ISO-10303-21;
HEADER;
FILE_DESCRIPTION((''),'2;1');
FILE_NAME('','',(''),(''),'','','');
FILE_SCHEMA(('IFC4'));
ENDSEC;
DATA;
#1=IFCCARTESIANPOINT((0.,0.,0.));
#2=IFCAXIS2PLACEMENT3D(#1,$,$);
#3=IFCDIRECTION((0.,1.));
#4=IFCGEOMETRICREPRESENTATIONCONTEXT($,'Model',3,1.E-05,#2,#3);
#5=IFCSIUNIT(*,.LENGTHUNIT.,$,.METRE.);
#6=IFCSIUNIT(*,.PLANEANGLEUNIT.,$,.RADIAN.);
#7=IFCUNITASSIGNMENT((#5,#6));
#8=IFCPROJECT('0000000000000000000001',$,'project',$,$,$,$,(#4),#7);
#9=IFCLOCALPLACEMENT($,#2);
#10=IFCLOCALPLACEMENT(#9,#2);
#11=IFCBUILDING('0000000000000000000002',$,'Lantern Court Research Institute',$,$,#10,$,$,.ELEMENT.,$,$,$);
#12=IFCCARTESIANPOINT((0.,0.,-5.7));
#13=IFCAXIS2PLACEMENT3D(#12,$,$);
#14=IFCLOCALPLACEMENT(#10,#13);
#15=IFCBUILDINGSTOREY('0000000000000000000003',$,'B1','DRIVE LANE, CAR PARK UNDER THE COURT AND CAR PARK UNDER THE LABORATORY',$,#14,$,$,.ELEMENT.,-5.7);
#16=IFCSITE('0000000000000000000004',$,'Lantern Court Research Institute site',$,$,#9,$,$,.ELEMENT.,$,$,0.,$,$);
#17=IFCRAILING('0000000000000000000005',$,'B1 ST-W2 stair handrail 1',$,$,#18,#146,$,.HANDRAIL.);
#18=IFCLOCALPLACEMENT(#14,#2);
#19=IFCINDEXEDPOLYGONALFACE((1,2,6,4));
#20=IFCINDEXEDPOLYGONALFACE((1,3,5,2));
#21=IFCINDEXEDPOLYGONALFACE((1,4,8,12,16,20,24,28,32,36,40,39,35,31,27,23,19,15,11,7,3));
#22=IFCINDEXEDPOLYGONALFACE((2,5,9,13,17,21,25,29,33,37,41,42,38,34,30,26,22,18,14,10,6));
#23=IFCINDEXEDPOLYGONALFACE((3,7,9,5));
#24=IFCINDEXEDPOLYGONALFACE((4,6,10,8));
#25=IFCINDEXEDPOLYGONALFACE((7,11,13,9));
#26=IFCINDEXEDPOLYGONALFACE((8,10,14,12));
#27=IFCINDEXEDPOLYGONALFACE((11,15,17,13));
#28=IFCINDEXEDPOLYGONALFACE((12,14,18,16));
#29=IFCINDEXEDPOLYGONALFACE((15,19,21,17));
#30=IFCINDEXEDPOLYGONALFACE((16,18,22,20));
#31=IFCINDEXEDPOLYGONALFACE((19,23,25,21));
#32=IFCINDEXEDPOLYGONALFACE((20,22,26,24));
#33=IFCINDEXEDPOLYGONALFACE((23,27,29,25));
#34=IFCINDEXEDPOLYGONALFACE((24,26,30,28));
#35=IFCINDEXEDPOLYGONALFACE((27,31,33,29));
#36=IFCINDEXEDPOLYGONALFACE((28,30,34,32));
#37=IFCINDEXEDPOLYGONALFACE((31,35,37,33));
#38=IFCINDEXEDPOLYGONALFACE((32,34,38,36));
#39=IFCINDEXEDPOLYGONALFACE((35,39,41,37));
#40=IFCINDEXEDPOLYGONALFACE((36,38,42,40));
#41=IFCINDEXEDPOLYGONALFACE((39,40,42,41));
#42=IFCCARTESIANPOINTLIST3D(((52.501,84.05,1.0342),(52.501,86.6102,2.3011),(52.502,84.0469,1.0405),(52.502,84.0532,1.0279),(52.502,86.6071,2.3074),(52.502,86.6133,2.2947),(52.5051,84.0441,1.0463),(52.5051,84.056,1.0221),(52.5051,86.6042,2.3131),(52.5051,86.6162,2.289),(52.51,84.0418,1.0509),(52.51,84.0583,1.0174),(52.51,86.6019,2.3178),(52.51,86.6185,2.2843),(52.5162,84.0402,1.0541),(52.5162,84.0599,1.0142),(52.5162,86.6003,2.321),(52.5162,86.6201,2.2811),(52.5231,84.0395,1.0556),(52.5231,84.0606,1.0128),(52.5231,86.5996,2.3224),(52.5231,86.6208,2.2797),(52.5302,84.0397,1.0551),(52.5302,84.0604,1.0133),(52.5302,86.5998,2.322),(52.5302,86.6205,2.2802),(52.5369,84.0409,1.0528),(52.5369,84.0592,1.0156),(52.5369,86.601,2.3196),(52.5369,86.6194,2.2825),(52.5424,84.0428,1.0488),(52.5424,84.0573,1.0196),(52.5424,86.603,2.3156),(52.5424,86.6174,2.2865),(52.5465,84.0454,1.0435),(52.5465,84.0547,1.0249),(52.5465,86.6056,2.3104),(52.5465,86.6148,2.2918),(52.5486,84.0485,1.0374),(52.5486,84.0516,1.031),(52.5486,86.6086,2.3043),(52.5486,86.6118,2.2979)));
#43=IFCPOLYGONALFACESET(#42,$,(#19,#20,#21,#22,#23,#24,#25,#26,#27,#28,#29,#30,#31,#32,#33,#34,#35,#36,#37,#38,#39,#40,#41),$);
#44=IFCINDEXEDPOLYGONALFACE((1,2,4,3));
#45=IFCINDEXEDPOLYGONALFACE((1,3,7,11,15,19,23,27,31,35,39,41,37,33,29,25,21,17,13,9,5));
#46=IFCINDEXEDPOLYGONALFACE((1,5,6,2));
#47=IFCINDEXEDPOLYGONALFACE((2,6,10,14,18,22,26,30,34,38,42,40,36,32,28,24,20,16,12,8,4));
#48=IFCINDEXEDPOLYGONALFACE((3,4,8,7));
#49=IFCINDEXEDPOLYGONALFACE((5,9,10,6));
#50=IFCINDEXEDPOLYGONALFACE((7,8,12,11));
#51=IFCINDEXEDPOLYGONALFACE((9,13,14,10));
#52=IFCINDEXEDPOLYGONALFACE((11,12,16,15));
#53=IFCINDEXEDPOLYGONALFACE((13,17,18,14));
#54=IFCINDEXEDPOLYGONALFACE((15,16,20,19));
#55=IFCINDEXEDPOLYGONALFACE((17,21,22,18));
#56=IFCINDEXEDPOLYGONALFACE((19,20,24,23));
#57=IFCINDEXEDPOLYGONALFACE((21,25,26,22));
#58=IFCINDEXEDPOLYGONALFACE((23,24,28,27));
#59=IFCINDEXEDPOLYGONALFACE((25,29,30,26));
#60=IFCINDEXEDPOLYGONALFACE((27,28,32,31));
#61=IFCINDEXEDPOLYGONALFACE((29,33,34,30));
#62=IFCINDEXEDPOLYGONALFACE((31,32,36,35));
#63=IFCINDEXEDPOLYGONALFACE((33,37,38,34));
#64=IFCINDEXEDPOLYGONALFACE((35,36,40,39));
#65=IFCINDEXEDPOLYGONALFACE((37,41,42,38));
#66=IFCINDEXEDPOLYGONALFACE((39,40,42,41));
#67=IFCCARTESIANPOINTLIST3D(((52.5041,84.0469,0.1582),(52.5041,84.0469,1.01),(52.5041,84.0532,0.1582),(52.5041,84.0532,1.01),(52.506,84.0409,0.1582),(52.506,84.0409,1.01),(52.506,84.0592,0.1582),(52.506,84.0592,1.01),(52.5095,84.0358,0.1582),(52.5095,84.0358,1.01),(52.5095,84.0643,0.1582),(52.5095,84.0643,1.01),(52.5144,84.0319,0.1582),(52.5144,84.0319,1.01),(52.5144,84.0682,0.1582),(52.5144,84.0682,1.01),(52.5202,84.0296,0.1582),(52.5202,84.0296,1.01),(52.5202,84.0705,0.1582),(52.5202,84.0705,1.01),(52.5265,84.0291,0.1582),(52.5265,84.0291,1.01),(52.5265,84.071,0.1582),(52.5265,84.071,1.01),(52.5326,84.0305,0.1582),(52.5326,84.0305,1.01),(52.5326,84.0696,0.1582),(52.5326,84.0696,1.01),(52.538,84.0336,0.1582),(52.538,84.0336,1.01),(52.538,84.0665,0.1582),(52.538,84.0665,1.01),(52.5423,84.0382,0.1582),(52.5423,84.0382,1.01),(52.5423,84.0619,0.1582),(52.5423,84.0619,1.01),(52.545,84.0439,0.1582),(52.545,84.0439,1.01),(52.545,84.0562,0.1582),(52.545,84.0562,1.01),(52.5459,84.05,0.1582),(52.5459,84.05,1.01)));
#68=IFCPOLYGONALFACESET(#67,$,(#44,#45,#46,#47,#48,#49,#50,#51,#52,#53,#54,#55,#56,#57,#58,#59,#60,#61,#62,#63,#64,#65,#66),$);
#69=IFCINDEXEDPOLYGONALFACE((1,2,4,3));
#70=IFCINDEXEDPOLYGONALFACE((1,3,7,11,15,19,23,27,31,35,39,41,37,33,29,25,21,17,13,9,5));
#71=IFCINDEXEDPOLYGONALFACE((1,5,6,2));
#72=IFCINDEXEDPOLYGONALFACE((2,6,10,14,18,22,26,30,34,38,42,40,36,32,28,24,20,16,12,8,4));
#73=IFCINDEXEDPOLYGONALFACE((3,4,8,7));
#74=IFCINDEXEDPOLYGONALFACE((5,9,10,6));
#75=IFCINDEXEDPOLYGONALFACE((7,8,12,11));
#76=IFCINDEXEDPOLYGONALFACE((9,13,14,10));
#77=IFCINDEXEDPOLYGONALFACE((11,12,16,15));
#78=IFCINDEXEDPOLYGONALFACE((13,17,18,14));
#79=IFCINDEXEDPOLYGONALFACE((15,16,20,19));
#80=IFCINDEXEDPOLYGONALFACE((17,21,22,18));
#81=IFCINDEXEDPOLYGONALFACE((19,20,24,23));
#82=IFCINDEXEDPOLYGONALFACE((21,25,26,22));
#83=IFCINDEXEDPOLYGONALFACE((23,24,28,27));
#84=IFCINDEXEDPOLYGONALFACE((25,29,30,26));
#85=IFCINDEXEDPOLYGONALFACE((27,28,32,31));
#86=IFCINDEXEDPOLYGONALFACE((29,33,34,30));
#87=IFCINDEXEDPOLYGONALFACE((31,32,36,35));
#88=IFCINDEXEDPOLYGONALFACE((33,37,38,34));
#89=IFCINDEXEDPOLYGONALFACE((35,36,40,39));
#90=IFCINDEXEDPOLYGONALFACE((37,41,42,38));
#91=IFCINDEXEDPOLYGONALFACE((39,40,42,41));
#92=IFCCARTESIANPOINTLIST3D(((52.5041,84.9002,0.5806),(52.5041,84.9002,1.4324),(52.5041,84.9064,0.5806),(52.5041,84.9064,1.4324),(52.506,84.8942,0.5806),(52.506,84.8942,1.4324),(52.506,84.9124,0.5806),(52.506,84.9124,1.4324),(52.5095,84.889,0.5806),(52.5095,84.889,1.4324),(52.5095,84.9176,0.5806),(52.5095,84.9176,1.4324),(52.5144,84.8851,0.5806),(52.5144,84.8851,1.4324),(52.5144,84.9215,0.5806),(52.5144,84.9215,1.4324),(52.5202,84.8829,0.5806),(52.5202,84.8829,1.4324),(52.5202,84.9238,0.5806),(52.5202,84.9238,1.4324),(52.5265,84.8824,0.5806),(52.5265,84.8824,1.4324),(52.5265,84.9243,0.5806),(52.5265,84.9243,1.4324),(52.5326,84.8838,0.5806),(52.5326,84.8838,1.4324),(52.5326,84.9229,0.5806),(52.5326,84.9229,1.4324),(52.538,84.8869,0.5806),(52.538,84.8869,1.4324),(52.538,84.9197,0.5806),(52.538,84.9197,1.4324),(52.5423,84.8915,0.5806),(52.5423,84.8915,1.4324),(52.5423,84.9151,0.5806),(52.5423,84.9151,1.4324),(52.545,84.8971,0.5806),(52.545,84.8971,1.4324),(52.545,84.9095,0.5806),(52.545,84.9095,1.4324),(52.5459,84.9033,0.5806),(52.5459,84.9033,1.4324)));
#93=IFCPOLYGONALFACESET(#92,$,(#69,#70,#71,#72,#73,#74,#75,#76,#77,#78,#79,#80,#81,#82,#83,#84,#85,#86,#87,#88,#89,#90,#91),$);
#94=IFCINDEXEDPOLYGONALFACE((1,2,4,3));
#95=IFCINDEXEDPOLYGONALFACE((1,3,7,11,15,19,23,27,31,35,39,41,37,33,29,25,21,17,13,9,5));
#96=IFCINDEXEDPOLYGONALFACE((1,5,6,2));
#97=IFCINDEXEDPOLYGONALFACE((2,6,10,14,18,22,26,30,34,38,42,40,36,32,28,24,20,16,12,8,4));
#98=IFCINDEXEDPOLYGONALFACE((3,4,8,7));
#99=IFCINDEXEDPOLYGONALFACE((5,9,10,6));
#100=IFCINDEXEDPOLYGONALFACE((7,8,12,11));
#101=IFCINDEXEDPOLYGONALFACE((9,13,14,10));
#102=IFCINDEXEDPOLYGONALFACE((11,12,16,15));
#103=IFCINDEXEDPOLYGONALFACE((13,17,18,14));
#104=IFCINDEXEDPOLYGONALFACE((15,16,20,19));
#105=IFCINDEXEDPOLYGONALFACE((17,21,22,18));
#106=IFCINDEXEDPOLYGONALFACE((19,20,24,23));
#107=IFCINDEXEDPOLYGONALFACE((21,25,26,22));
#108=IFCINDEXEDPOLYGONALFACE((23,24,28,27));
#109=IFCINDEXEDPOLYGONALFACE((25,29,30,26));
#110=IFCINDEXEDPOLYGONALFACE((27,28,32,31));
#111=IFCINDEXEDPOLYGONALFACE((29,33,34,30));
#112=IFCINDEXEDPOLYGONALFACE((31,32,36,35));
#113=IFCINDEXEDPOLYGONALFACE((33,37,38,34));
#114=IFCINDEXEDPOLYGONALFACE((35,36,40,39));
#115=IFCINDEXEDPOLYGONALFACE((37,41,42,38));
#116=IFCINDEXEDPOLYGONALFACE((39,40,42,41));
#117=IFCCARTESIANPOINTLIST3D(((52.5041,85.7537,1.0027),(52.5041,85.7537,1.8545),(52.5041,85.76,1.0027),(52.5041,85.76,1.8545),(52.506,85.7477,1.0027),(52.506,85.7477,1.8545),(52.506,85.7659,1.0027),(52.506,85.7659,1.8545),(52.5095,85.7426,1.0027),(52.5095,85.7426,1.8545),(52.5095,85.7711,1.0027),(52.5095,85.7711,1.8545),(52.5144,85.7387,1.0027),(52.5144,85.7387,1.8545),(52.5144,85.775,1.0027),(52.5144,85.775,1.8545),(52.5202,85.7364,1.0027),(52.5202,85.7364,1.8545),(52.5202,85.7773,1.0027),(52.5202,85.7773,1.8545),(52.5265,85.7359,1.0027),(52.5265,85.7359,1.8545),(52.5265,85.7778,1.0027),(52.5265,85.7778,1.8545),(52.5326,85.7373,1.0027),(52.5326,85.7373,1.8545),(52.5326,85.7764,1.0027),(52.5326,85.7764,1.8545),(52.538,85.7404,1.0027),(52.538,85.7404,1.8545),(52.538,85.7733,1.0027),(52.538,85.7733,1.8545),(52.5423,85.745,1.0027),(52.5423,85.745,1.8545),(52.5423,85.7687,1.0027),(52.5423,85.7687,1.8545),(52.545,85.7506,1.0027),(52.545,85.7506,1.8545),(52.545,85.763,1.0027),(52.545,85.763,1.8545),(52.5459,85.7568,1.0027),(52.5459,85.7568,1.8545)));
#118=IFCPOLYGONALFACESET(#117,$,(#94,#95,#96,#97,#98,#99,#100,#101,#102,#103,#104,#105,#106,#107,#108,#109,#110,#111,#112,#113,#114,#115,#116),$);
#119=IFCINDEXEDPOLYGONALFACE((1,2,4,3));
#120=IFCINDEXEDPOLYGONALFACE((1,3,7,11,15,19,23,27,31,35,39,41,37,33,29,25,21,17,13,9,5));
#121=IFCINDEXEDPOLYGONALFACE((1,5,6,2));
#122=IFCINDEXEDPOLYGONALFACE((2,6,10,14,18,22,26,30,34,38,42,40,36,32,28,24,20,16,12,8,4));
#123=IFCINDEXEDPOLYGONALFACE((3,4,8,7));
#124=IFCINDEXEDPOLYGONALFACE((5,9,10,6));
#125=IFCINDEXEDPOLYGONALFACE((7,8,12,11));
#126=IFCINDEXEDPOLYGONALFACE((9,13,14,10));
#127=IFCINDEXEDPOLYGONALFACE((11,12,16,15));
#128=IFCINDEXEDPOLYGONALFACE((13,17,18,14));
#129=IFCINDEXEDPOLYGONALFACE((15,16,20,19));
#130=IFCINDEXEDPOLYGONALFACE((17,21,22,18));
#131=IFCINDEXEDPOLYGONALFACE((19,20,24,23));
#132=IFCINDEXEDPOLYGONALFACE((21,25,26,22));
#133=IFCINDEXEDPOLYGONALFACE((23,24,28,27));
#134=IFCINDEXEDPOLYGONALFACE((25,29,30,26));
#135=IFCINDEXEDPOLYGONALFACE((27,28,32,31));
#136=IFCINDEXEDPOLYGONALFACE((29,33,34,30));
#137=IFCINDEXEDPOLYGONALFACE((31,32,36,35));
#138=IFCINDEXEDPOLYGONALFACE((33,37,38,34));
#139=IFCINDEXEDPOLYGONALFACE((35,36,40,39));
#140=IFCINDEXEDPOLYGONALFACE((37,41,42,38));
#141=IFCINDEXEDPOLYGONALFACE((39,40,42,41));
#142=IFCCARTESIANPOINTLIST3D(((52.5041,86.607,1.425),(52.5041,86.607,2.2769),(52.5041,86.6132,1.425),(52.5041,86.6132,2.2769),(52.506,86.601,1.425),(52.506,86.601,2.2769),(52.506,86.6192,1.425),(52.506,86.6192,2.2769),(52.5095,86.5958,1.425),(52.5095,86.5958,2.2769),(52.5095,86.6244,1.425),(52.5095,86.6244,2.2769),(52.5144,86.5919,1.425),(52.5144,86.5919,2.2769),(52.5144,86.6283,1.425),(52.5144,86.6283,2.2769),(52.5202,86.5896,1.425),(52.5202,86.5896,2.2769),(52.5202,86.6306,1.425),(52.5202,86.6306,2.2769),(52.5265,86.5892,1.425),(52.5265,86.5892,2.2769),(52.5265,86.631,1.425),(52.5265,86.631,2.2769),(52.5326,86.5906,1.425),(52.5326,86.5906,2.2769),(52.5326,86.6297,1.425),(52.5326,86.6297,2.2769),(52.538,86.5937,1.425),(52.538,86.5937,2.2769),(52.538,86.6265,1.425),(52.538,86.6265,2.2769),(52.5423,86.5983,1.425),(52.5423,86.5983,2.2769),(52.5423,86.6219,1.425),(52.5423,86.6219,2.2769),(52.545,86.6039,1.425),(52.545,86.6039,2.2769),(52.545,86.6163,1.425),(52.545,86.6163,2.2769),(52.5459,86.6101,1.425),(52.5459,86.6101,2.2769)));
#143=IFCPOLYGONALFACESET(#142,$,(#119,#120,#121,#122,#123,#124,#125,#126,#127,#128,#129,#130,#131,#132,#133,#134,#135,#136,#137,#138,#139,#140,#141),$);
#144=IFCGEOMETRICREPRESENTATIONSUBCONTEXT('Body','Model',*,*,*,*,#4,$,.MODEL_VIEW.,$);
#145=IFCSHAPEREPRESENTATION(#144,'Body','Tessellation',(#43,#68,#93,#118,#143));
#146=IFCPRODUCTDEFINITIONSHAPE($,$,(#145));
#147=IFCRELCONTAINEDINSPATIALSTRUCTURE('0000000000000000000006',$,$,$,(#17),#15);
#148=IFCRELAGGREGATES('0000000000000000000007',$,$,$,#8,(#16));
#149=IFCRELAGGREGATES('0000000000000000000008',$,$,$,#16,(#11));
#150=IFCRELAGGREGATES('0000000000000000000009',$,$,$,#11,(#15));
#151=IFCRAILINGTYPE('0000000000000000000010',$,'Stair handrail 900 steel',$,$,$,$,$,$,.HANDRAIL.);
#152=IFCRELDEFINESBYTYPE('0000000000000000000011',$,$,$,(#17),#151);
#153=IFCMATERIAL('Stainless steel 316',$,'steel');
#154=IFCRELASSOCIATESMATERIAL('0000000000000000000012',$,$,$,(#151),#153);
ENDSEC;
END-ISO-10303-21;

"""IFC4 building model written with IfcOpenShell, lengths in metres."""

from ifc_helpers import new_model, si_unit, direction, frame, origin, origin_2d, place, context, subcontext, project, spatial, circle, extrude, material, type_object, element, save


model = new_model("IFC4")

# Units and contexts
model_context = context("Model", 3, precision=1e-05, world=origin(), true_north=direction((0.0, 1.0)))
body_context = subcontext(model_context, "Body", "Model", "MODEL_VIEW")
ifc_project = project(units=[si_unit("LENGTHUNIT", "METRE"), si_unit("PLANEANGLEUNIT", "RADIAN")], contexts=[model_context])

# Site, building, storey
site_placement = place(None, origin())
site = spatial("IfcSite", under=ifc_project, at=site_placement, Name="Lantern Court Research Institute site", CompositionType="ELEMENT", RefElevation=0.0)
building_placement = place(site_placement, origin())
building = spatial("IfcBuilding", under=site, at=building_placement, Name="Lantern Court Research Institute", CompositionType="ELEMENT")
storey_placement = place(building_placement, frame((0.0, 0.0, -5.7)))
storey = spatial("IfcBuildingStorey", under=building, at=storey_placement, Name="B1", Description="DRIVE LANE, CAR PARK UNDER THE COURT AND CAR PARK UNDER THE LABORATORY", CompositionType="ELEMENT", Elevation=-5.7)

# Railing
ifc_material_1 = material(Name="Stainless steel 316", Category="steel")
railing_type_1 = type_object("IfcRailingType", Name="Stair handrail 900 steel", PredefinedType="HANDRAIL", material=ifc_material_1)
railing_1_placement = place(storey_placement, frame((52.5249, 84.05, 0.1582)))
element("IfcRailing", 1, at=railing_1_placement, inside=storey, type_object=railing_type_1, Name="B1 ST-W2 stair handrail 1", PredefinedType="HANDRAIL", context=body_context, shape_type="SweptSolid", body=[
    extrude(circle(Radius=0.0239, at=origin_2d()), frame((0.0, 0.0, 0.876), z_axis=(0.0, 0.896266, 0.443517), x_axis=(-1.0, 0.0, 0.0)), (0.0, 0.0, 1.0), 2.8564),
    extrude(circle(Radius=0.021, at=origin_2d()), origin(), (0.0, 0.0, 1.0), 0.8518),
    extrude(circle(Radius=0.021, at=origin_2d()), frame((0.0, 0.8533, 0.4224)), (0.0, 0.0, 1.0), 0.8518),
    extrude(circle(Radius=0.021, at=origin_2d()), frame((0.0, 1.7068, 0.8445)), (0.0, 0.0, 1.0), 0.8518),
    extrude(circle(Radius=0.021, at=origin_2d()), frame((0.0, 2.5601, 1.2668)), (0.0, 0.0, 1.0), 0.8518),
])

save(model, "model.ifc")
